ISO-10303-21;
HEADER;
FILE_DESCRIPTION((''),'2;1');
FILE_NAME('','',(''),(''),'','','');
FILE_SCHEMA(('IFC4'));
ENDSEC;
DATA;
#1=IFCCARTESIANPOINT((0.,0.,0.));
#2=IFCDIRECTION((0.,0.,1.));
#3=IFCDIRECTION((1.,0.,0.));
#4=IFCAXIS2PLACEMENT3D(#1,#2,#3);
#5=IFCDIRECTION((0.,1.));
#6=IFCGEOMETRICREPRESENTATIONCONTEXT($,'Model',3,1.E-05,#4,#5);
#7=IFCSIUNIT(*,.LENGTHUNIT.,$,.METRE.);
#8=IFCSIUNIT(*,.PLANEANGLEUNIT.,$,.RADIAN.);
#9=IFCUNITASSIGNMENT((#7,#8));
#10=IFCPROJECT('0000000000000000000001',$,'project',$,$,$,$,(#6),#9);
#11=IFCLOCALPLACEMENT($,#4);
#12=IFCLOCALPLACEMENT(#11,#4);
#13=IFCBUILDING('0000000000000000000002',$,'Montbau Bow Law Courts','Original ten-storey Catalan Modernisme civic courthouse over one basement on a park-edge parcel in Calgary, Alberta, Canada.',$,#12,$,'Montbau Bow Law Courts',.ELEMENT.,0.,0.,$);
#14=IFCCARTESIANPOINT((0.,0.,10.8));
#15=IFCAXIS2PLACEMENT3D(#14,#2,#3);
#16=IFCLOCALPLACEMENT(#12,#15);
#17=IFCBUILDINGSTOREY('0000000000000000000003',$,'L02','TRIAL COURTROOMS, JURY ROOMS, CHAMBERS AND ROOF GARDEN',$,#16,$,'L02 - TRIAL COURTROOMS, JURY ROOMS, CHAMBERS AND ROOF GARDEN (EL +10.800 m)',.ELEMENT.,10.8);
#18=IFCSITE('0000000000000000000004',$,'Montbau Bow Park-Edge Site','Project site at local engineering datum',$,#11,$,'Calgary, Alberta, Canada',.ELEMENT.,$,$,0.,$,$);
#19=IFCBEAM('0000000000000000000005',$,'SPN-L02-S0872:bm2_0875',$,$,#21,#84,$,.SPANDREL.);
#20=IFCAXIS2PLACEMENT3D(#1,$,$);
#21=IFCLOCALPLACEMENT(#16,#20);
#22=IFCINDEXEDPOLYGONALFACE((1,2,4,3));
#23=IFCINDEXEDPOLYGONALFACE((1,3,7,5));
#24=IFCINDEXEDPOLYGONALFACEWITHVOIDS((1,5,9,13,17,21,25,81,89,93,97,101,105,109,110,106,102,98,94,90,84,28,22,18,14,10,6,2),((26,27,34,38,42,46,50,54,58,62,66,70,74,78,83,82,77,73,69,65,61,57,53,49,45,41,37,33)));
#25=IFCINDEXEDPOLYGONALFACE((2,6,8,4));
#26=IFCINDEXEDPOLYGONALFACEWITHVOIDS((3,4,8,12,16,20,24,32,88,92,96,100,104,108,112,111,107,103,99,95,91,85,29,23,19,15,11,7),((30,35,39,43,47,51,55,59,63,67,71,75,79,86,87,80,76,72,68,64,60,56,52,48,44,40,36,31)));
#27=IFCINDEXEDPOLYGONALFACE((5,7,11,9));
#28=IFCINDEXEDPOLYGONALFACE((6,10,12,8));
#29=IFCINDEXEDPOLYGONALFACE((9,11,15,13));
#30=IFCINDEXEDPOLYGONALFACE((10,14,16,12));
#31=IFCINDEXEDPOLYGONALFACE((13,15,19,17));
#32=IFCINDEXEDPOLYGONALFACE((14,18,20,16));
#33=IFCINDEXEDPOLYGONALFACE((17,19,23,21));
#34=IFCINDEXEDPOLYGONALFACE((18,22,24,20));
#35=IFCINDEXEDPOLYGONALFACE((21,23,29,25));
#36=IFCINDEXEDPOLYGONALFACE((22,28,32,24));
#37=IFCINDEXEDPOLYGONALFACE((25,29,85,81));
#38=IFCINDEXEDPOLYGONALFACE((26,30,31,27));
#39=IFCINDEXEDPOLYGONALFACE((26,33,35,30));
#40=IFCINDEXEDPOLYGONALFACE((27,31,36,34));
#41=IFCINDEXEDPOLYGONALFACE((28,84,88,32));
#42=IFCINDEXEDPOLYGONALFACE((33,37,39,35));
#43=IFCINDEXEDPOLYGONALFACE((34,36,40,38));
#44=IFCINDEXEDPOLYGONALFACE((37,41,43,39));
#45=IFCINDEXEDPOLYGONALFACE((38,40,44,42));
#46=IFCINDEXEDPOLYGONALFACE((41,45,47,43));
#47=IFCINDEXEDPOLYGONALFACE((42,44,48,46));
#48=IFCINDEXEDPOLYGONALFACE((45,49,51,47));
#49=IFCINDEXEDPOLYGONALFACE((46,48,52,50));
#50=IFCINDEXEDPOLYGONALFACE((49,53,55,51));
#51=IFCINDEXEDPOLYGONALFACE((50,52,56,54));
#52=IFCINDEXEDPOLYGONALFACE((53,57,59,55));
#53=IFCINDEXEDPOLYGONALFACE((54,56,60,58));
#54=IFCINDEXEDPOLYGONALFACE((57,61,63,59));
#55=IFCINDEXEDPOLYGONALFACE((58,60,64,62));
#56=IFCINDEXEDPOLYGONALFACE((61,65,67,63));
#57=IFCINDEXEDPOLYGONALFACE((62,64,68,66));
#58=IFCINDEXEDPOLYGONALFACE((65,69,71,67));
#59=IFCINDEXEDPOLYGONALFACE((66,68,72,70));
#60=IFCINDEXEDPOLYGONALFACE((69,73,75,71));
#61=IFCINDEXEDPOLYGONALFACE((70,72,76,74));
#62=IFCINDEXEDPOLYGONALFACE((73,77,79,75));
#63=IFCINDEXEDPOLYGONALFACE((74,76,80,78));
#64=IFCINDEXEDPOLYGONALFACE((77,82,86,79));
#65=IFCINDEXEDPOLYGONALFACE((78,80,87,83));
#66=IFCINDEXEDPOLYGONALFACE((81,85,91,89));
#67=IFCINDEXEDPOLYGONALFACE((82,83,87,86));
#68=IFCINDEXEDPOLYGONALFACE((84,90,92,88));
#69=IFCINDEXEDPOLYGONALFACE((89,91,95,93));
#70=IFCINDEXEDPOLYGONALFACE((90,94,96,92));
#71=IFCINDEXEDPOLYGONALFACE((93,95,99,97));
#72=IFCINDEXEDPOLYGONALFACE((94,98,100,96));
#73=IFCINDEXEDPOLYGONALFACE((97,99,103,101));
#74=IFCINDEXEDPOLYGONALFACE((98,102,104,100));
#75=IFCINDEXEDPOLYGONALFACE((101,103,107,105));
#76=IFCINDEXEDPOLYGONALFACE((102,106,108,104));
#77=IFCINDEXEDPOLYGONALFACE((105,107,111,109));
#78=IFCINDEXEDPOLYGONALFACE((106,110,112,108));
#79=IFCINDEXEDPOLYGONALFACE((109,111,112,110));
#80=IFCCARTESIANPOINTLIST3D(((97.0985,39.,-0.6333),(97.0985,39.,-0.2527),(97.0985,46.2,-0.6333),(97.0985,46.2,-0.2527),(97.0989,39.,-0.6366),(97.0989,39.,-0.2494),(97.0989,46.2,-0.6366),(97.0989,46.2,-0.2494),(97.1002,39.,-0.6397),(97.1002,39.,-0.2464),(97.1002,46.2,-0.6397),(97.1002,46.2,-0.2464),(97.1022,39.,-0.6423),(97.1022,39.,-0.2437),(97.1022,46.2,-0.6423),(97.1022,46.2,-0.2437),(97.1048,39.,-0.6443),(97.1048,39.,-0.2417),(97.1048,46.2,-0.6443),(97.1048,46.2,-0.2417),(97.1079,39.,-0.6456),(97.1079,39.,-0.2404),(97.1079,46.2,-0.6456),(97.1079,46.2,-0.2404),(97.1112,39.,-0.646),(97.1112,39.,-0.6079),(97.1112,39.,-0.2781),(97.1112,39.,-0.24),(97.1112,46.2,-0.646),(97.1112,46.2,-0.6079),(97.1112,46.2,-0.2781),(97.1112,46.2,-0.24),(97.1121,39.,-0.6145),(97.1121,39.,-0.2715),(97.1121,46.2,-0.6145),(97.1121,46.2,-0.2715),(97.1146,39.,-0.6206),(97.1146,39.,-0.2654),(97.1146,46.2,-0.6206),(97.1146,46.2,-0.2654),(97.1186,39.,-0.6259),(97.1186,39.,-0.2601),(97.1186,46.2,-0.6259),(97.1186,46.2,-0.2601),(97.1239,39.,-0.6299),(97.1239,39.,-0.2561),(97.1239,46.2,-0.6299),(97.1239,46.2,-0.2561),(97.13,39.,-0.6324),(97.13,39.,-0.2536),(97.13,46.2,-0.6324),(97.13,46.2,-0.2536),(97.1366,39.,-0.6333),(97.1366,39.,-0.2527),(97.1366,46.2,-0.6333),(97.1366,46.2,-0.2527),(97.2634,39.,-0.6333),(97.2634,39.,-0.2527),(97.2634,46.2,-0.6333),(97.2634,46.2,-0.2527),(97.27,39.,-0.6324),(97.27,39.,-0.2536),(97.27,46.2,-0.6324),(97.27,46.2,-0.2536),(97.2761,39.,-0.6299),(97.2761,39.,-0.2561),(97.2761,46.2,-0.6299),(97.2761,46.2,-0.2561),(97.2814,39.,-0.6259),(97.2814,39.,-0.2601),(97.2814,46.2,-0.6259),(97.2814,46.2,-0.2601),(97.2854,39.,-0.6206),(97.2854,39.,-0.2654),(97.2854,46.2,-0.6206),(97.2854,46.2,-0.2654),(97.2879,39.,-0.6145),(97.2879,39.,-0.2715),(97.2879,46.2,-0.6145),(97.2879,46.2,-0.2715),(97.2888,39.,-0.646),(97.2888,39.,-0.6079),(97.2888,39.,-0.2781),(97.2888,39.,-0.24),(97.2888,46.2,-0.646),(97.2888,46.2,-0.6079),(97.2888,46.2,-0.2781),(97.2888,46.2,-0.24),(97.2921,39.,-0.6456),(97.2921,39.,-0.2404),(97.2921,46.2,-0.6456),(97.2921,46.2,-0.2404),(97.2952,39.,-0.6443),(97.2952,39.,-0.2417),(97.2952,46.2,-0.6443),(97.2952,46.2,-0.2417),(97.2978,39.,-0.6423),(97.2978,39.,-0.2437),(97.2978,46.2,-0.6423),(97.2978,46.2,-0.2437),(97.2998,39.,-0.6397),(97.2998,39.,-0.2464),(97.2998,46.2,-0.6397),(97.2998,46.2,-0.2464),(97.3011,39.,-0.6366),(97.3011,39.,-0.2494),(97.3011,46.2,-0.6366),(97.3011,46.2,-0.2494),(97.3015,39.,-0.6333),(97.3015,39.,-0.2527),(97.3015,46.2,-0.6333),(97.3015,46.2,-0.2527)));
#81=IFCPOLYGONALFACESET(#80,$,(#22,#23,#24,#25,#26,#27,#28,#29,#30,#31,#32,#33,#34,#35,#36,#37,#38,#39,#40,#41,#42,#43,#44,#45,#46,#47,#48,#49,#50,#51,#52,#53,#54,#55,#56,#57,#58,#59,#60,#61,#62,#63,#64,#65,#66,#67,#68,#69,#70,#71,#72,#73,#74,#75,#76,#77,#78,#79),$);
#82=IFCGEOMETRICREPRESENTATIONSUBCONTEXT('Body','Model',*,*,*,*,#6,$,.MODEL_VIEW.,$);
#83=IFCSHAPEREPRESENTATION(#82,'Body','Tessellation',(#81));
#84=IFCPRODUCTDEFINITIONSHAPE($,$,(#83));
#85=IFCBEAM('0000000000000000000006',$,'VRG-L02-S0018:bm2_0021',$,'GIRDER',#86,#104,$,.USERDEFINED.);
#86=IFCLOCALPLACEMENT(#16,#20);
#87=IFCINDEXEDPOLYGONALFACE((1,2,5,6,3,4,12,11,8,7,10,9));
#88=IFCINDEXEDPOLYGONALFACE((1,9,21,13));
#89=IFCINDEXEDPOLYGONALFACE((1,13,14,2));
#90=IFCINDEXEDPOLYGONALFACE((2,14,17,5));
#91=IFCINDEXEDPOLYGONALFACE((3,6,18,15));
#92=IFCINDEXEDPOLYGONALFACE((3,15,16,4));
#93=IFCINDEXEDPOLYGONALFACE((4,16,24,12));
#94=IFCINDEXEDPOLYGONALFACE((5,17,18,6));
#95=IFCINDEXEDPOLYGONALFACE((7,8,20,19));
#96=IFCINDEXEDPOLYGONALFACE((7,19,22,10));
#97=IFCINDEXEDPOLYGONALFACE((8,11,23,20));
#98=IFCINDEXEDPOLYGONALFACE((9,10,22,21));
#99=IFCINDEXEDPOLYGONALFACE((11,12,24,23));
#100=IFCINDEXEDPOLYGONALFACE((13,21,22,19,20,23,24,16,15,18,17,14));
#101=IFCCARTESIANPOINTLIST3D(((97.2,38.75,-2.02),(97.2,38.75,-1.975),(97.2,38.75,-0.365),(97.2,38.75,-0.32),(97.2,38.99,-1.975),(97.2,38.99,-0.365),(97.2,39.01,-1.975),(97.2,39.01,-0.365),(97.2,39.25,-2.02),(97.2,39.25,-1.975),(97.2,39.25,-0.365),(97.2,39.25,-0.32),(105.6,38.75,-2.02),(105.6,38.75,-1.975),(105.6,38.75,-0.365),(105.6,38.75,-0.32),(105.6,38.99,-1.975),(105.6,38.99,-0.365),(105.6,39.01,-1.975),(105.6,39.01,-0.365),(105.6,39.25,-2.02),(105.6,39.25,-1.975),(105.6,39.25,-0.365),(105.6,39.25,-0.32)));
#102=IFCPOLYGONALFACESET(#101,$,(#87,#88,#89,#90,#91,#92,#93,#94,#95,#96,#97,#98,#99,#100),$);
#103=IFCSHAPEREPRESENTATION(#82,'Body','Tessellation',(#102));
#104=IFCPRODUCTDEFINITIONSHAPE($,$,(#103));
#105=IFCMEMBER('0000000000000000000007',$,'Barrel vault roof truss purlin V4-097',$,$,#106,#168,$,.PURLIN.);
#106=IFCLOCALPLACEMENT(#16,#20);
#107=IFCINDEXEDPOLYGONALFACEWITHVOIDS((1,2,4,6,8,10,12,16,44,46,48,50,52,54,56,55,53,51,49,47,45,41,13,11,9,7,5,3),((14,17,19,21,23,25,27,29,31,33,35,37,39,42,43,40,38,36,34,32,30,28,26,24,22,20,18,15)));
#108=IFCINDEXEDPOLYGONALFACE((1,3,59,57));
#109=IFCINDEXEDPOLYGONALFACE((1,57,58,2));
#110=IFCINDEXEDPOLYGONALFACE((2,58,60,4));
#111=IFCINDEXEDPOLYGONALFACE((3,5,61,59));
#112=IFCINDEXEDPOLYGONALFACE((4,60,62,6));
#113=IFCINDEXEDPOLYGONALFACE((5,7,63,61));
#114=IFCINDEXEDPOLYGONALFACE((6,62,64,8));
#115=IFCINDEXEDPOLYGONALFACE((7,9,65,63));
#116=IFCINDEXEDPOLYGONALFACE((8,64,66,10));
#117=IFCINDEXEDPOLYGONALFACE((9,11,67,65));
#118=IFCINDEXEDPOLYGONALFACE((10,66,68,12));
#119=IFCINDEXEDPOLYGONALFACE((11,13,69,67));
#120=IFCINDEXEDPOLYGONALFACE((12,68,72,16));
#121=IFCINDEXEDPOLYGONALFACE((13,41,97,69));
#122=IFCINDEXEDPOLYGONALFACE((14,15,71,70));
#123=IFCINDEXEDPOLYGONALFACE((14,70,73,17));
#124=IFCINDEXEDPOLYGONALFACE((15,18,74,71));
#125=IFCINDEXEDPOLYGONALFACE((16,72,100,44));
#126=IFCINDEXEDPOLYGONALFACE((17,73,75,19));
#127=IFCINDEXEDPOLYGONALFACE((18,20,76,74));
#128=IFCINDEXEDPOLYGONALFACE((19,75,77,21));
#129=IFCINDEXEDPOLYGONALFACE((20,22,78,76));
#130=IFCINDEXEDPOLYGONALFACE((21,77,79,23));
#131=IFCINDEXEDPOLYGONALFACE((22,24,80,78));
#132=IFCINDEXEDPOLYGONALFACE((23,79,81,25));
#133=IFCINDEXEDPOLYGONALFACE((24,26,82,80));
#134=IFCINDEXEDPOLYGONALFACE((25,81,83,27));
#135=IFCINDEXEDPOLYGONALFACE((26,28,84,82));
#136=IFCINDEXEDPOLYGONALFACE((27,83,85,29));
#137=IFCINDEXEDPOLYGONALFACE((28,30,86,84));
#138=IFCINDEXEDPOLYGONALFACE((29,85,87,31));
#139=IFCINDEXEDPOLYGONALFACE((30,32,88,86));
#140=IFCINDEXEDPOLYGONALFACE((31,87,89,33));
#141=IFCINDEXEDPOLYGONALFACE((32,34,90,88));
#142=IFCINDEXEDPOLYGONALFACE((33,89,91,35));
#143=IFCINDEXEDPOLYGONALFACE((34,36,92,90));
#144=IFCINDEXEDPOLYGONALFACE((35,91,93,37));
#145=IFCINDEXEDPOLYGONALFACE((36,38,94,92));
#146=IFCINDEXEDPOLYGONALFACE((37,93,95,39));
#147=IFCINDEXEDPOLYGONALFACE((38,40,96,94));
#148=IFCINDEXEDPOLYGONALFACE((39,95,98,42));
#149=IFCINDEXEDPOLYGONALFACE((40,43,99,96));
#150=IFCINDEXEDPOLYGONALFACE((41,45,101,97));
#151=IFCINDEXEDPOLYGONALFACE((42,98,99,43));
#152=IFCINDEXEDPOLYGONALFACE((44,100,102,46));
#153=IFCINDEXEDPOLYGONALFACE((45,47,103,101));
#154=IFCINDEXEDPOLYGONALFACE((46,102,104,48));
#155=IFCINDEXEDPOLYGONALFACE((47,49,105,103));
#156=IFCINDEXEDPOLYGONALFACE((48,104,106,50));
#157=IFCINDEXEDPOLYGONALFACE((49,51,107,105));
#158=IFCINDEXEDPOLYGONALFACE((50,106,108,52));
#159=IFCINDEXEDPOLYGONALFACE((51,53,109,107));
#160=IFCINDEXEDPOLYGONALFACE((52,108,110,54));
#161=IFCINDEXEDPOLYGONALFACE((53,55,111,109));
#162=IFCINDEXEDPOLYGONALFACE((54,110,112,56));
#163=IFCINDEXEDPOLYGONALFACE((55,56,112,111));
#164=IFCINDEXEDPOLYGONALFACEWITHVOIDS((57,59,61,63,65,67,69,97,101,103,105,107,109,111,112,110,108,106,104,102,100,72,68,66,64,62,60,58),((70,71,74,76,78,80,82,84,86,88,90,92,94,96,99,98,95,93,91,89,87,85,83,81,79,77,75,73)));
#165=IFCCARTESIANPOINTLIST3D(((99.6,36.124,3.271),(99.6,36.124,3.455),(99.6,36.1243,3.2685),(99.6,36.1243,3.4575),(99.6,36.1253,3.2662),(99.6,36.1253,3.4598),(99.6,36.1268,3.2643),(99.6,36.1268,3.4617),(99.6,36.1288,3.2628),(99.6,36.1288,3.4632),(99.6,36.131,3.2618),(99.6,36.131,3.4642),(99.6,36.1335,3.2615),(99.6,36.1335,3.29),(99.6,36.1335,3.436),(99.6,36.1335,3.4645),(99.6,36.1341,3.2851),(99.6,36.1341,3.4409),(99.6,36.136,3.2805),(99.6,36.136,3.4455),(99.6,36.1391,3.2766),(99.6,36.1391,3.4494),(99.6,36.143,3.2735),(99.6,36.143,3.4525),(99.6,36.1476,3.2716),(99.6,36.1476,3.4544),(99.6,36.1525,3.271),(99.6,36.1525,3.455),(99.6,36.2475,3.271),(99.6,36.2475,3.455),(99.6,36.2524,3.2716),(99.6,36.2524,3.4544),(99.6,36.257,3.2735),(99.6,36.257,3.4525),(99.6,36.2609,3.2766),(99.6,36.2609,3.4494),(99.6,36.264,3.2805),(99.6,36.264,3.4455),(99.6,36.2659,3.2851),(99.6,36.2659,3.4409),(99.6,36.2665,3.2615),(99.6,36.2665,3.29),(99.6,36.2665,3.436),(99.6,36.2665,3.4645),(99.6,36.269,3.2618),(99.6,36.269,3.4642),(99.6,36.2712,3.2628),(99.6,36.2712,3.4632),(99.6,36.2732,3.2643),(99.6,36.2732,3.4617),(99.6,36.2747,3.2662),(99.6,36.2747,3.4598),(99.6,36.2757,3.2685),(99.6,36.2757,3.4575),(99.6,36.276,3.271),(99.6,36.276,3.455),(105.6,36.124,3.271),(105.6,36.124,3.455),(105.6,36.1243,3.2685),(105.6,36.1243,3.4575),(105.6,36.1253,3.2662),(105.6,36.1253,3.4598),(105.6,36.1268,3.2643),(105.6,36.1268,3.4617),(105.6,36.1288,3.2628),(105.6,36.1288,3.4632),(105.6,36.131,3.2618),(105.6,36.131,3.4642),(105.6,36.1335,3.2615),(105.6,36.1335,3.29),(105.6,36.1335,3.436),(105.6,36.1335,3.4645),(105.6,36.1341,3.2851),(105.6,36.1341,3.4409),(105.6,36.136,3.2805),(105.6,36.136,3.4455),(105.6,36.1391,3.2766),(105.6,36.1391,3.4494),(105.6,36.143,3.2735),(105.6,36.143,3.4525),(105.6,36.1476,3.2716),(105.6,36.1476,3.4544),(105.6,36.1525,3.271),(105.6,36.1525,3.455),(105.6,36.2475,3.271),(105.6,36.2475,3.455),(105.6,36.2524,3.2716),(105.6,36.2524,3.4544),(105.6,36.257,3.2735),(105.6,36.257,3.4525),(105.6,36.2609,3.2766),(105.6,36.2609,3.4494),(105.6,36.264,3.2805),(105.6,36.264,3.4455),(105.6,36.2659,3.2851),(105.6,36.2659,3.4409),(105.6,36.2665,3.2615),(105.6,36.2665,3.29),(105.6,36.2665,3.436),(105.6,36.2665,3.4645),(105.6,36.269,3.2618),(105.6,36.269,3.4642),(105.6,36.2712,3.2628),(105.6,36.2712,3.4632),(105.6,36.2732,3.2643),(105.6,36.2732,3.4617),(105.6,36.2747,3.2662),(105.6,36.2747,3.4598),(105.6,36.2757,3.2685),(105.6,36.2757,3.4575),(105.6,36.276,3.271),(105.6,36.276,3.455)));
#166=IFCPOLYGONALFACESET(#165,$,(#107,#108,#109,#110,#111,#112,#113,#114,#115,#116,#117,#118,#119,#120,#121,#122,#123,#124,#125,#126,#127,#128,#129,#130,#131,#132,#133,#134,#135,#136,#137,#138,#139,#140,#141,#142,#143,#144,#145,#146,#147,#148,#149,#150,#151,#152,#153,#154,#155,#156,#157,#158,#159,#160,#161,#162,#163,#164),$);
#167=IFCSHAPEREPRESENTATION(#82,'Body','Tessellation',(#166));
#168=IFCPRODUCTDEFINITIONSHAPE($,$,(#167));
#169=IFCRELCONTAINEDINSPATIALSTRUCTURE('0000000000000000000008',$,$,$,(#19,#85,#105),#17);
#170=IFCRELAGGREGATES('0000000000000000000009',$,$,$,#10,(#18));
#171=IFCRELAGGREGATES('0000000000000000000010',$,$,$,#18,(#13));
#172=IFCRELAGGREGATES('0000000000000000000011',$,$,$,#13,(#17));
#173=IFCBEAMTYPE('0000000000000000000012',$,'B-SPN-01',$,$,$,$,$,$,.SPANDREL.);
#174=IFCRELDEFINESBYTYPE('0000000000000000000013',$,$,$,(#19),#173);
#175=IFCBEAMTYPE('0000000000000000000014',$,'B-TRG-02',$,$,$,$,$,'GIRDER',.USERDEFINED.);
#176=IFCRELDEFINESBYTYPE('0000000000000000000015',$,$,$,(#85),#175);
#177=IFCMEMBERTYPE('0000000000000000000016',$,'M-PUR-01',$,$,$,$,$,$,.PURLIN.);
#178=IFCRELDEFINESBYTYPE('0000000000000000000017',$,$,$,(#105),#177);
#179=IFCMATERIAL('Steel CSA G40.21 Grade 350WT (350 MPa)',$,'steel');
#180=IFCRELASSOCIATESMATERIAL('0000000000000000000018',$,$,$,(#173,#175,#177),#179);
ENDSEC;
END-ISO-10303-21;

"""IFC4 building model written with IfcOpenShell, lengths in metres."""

from ifc_helpers import new_model, si_unit, direction, frame, origin_with_axes, origin_2d_with_axis, place, context, subcontext, project, spatial, hollow_rectangle, i_section, extrude, material, material_profile, profile_set, type_object, element, save


model = new_model("IFC4")

# Units and contexts
model_context = context("Model", 3, precision=1e-05, world=origin_with_axes(), true_north=direction((0.0, 1.0)))
body_context = subcontext(model_context, "Body", "Model", "MODEL_VIEW")
ifc_project = project(units=[si_unit("LENGTHUNIT", "METRE"), si_unit("PLANEANGLEUNIT", "RADIAN")], contexts=[model_context])

# Site, building, storey
site_placement = place(None, origin_with_axes())
site = spatial("IfcSite", under=ifc_project, at=site_placement, Name="Montbau Bow Park-Edge Site", Description="Project site at local engineering datum", LongName="Calgary, Alberta, Canada", CompositionType="ELEMENT", RefElevation=0.0)
building_placement = place(site_placement, origin_with_axes())
building = spatial("IfcBuilding", under=site, at=building_placement, Name="Montbau Bow Law Courts", Description="Original ten-storey Catalan Modernisme civic courthouse over one basement on a park-edge parcel in Calgary, Alberta, Canada.", LongName="Montbau Bow Law Courts", CompositionType="ELEMENT", ElevationOfRefHeight=0.0, ElevationOfTerrain=0.0)
storey_placement = place(building_placement, frame((0.0, 0.0, 10.8), z_axis=(0.0, 0.0, 1.0), x_axis=(1.0, 0.0, 0.0)))
storey = spatial("IfcBuildingStorey", under=building, at=storey_placement, Name="L02", Description="TRIAL COURTROOMS, JURY ROOMS, CHAMBERS AND ROOF GARDEN", LongName="L02 - TRIAL COURTROOMS, JURY ROOMS, CHAMBERS AND ROOF GARDEN (EL +10.800 m)", CompositionType="ELEMENT", Elevation=10.8)

# Beams
ifc_material_1 = material(Name="Steel CSA G40.21 Grade 350WT (350 MPa)", Category="steel")
ifc_material_profile_1 = material_profile(ifc_material_1, hollow_rectangle(XDim=0.203, YDim=0.406, WallThickness=0.0127, InnerFilletRadius=0.0254, OuterFilletRadius=0.0127, at=origin_2d_with_axis()), Name="HSS406X203X13", Category="Main", Priority=0)
ifc_profile_set_1 = profile_set([ifc_material_profile_1], Name="Steel CSA G40.21 Grade 350WT (350 MPa)")
beam_type_1 = type_object("IfcBeamType", Name="B-SPN-01", PredefinedType="SPANDREL", material=ifc_profile_set_1)
beam_1_placement = place(None, frame((97.2, 39.0, 10.357), z_axis=(0.0, 1.0, 0.0), x_axis=(-1.0, 0.0, 0.0)))
element("IfcBeam", 1, at=beam_1_placement, inside=storey, type_object=beam_type_1, Name="SPN-L02-S0872:bm2_0875", PredefinedType="SPANDREL", context=body_context, shape_type="SweptSolid", body=[
    extrude(hollow_rectangle(XDim=0.203, YDim=0.406, WallThickness=0.0127, InnerFilletRadius=0.0254, OuterFilletRadius=0.0127, at=origin_2d_with_axis()), origin_with_axes(), (0.0, 0.0, 1.0), 7.2),
])
ifc_material_profile_2 = material_profile(ifc_material_1, i_section(OverallWidth=0.5, OverallDepth=1.7, WebThickness=0.02, FlangeThickness=0.045, at=origin_2d_with_axis()), Name="WWF1700X480", Category="Main", Priority=0)
ifc_profile_set_2 = profile_set([ifc_material_profile_2], Name="Steel CSA G40.21 Grade 350WT (350 MPa)")
beam_type_2 = type_object("IfcBeamType", Name="B-TRG-02", ElementType="GIRDER", PredefinedType="USERDEFINED", material=ifc_profile_set_2)
beam_2_placement = place(None, frame((97.2, 39.0, 9.63), z_axis=(1.0, 0.0, 0.0), x_axis=(0.0, 1.0, 0.0)))
element("IfcBeam", 2, at=beam_2_placement, inside=storey, type_object=beam_type_2, Name="VRG-L02-S0018:bm2_0021", ObjectType="GIRDER", PredefinedType="USERDEFINED", context=body_context, shape_type="SweptSolid", body=[
    extrude(i_section(OverallWidth=0.5, OverallDepth=1.7, WebThickness=0.02, FlangeThickness=0.045, at=origin_2d_with_axis()), origin_with_axes(), (0.0, 0.0, 1.0), 8.4),
])

# Member
ifc_material_profile_3 = material_profile(ifc_material_1, hollow_rectangle(XDim=0.152, YDim=0.203, WallThickness=0.0095, InnerFilletRadius=0.019, OuterFilletRadius=0.0095, at=origin_2d_with_axis()), Name="HSS203X152X9.5", Category="Main", Priority=0)
ifc_profile_set_3 = profile_set([ifc_material_profile_3], Name="Steel CSA G40.21 Grade 350WT (350 MPa)")
member_type_1 = type_object("IfcMemberType", Name="M-PUR-01", PredefinedType="PURLIN", material=ifc_profile_set_3)
for number, where, z_axis, x_axis, name in (
    (3, (99.6, 36.2, 14.163), (1.0, 0.0, 0.0), (0.0, 1.0, 0.0), "Barrel vault roof truss purlin V4-097"),
):
    element("IfcMember", number, at=place(None, frame(where, z_axis=z_axis, x_axis=x_axis)), inside=storey, type_object=member_type_1, Name=name, PredefinedType="PURLIN", context=body_context, shape_type="SweptSolid", body=[
        extrude(hollow_rectangle(XDim=0.152, YDim=0.203, WallThickness=0.0095, InnerFilletRadius=0.019, OuterFilletRadius=0.0095, at=origin_2d_with_axis()), origin_with_axes(), (0.0, 0.0, 1.0), 6.0),
    ])

save(model, "model.ifc")
